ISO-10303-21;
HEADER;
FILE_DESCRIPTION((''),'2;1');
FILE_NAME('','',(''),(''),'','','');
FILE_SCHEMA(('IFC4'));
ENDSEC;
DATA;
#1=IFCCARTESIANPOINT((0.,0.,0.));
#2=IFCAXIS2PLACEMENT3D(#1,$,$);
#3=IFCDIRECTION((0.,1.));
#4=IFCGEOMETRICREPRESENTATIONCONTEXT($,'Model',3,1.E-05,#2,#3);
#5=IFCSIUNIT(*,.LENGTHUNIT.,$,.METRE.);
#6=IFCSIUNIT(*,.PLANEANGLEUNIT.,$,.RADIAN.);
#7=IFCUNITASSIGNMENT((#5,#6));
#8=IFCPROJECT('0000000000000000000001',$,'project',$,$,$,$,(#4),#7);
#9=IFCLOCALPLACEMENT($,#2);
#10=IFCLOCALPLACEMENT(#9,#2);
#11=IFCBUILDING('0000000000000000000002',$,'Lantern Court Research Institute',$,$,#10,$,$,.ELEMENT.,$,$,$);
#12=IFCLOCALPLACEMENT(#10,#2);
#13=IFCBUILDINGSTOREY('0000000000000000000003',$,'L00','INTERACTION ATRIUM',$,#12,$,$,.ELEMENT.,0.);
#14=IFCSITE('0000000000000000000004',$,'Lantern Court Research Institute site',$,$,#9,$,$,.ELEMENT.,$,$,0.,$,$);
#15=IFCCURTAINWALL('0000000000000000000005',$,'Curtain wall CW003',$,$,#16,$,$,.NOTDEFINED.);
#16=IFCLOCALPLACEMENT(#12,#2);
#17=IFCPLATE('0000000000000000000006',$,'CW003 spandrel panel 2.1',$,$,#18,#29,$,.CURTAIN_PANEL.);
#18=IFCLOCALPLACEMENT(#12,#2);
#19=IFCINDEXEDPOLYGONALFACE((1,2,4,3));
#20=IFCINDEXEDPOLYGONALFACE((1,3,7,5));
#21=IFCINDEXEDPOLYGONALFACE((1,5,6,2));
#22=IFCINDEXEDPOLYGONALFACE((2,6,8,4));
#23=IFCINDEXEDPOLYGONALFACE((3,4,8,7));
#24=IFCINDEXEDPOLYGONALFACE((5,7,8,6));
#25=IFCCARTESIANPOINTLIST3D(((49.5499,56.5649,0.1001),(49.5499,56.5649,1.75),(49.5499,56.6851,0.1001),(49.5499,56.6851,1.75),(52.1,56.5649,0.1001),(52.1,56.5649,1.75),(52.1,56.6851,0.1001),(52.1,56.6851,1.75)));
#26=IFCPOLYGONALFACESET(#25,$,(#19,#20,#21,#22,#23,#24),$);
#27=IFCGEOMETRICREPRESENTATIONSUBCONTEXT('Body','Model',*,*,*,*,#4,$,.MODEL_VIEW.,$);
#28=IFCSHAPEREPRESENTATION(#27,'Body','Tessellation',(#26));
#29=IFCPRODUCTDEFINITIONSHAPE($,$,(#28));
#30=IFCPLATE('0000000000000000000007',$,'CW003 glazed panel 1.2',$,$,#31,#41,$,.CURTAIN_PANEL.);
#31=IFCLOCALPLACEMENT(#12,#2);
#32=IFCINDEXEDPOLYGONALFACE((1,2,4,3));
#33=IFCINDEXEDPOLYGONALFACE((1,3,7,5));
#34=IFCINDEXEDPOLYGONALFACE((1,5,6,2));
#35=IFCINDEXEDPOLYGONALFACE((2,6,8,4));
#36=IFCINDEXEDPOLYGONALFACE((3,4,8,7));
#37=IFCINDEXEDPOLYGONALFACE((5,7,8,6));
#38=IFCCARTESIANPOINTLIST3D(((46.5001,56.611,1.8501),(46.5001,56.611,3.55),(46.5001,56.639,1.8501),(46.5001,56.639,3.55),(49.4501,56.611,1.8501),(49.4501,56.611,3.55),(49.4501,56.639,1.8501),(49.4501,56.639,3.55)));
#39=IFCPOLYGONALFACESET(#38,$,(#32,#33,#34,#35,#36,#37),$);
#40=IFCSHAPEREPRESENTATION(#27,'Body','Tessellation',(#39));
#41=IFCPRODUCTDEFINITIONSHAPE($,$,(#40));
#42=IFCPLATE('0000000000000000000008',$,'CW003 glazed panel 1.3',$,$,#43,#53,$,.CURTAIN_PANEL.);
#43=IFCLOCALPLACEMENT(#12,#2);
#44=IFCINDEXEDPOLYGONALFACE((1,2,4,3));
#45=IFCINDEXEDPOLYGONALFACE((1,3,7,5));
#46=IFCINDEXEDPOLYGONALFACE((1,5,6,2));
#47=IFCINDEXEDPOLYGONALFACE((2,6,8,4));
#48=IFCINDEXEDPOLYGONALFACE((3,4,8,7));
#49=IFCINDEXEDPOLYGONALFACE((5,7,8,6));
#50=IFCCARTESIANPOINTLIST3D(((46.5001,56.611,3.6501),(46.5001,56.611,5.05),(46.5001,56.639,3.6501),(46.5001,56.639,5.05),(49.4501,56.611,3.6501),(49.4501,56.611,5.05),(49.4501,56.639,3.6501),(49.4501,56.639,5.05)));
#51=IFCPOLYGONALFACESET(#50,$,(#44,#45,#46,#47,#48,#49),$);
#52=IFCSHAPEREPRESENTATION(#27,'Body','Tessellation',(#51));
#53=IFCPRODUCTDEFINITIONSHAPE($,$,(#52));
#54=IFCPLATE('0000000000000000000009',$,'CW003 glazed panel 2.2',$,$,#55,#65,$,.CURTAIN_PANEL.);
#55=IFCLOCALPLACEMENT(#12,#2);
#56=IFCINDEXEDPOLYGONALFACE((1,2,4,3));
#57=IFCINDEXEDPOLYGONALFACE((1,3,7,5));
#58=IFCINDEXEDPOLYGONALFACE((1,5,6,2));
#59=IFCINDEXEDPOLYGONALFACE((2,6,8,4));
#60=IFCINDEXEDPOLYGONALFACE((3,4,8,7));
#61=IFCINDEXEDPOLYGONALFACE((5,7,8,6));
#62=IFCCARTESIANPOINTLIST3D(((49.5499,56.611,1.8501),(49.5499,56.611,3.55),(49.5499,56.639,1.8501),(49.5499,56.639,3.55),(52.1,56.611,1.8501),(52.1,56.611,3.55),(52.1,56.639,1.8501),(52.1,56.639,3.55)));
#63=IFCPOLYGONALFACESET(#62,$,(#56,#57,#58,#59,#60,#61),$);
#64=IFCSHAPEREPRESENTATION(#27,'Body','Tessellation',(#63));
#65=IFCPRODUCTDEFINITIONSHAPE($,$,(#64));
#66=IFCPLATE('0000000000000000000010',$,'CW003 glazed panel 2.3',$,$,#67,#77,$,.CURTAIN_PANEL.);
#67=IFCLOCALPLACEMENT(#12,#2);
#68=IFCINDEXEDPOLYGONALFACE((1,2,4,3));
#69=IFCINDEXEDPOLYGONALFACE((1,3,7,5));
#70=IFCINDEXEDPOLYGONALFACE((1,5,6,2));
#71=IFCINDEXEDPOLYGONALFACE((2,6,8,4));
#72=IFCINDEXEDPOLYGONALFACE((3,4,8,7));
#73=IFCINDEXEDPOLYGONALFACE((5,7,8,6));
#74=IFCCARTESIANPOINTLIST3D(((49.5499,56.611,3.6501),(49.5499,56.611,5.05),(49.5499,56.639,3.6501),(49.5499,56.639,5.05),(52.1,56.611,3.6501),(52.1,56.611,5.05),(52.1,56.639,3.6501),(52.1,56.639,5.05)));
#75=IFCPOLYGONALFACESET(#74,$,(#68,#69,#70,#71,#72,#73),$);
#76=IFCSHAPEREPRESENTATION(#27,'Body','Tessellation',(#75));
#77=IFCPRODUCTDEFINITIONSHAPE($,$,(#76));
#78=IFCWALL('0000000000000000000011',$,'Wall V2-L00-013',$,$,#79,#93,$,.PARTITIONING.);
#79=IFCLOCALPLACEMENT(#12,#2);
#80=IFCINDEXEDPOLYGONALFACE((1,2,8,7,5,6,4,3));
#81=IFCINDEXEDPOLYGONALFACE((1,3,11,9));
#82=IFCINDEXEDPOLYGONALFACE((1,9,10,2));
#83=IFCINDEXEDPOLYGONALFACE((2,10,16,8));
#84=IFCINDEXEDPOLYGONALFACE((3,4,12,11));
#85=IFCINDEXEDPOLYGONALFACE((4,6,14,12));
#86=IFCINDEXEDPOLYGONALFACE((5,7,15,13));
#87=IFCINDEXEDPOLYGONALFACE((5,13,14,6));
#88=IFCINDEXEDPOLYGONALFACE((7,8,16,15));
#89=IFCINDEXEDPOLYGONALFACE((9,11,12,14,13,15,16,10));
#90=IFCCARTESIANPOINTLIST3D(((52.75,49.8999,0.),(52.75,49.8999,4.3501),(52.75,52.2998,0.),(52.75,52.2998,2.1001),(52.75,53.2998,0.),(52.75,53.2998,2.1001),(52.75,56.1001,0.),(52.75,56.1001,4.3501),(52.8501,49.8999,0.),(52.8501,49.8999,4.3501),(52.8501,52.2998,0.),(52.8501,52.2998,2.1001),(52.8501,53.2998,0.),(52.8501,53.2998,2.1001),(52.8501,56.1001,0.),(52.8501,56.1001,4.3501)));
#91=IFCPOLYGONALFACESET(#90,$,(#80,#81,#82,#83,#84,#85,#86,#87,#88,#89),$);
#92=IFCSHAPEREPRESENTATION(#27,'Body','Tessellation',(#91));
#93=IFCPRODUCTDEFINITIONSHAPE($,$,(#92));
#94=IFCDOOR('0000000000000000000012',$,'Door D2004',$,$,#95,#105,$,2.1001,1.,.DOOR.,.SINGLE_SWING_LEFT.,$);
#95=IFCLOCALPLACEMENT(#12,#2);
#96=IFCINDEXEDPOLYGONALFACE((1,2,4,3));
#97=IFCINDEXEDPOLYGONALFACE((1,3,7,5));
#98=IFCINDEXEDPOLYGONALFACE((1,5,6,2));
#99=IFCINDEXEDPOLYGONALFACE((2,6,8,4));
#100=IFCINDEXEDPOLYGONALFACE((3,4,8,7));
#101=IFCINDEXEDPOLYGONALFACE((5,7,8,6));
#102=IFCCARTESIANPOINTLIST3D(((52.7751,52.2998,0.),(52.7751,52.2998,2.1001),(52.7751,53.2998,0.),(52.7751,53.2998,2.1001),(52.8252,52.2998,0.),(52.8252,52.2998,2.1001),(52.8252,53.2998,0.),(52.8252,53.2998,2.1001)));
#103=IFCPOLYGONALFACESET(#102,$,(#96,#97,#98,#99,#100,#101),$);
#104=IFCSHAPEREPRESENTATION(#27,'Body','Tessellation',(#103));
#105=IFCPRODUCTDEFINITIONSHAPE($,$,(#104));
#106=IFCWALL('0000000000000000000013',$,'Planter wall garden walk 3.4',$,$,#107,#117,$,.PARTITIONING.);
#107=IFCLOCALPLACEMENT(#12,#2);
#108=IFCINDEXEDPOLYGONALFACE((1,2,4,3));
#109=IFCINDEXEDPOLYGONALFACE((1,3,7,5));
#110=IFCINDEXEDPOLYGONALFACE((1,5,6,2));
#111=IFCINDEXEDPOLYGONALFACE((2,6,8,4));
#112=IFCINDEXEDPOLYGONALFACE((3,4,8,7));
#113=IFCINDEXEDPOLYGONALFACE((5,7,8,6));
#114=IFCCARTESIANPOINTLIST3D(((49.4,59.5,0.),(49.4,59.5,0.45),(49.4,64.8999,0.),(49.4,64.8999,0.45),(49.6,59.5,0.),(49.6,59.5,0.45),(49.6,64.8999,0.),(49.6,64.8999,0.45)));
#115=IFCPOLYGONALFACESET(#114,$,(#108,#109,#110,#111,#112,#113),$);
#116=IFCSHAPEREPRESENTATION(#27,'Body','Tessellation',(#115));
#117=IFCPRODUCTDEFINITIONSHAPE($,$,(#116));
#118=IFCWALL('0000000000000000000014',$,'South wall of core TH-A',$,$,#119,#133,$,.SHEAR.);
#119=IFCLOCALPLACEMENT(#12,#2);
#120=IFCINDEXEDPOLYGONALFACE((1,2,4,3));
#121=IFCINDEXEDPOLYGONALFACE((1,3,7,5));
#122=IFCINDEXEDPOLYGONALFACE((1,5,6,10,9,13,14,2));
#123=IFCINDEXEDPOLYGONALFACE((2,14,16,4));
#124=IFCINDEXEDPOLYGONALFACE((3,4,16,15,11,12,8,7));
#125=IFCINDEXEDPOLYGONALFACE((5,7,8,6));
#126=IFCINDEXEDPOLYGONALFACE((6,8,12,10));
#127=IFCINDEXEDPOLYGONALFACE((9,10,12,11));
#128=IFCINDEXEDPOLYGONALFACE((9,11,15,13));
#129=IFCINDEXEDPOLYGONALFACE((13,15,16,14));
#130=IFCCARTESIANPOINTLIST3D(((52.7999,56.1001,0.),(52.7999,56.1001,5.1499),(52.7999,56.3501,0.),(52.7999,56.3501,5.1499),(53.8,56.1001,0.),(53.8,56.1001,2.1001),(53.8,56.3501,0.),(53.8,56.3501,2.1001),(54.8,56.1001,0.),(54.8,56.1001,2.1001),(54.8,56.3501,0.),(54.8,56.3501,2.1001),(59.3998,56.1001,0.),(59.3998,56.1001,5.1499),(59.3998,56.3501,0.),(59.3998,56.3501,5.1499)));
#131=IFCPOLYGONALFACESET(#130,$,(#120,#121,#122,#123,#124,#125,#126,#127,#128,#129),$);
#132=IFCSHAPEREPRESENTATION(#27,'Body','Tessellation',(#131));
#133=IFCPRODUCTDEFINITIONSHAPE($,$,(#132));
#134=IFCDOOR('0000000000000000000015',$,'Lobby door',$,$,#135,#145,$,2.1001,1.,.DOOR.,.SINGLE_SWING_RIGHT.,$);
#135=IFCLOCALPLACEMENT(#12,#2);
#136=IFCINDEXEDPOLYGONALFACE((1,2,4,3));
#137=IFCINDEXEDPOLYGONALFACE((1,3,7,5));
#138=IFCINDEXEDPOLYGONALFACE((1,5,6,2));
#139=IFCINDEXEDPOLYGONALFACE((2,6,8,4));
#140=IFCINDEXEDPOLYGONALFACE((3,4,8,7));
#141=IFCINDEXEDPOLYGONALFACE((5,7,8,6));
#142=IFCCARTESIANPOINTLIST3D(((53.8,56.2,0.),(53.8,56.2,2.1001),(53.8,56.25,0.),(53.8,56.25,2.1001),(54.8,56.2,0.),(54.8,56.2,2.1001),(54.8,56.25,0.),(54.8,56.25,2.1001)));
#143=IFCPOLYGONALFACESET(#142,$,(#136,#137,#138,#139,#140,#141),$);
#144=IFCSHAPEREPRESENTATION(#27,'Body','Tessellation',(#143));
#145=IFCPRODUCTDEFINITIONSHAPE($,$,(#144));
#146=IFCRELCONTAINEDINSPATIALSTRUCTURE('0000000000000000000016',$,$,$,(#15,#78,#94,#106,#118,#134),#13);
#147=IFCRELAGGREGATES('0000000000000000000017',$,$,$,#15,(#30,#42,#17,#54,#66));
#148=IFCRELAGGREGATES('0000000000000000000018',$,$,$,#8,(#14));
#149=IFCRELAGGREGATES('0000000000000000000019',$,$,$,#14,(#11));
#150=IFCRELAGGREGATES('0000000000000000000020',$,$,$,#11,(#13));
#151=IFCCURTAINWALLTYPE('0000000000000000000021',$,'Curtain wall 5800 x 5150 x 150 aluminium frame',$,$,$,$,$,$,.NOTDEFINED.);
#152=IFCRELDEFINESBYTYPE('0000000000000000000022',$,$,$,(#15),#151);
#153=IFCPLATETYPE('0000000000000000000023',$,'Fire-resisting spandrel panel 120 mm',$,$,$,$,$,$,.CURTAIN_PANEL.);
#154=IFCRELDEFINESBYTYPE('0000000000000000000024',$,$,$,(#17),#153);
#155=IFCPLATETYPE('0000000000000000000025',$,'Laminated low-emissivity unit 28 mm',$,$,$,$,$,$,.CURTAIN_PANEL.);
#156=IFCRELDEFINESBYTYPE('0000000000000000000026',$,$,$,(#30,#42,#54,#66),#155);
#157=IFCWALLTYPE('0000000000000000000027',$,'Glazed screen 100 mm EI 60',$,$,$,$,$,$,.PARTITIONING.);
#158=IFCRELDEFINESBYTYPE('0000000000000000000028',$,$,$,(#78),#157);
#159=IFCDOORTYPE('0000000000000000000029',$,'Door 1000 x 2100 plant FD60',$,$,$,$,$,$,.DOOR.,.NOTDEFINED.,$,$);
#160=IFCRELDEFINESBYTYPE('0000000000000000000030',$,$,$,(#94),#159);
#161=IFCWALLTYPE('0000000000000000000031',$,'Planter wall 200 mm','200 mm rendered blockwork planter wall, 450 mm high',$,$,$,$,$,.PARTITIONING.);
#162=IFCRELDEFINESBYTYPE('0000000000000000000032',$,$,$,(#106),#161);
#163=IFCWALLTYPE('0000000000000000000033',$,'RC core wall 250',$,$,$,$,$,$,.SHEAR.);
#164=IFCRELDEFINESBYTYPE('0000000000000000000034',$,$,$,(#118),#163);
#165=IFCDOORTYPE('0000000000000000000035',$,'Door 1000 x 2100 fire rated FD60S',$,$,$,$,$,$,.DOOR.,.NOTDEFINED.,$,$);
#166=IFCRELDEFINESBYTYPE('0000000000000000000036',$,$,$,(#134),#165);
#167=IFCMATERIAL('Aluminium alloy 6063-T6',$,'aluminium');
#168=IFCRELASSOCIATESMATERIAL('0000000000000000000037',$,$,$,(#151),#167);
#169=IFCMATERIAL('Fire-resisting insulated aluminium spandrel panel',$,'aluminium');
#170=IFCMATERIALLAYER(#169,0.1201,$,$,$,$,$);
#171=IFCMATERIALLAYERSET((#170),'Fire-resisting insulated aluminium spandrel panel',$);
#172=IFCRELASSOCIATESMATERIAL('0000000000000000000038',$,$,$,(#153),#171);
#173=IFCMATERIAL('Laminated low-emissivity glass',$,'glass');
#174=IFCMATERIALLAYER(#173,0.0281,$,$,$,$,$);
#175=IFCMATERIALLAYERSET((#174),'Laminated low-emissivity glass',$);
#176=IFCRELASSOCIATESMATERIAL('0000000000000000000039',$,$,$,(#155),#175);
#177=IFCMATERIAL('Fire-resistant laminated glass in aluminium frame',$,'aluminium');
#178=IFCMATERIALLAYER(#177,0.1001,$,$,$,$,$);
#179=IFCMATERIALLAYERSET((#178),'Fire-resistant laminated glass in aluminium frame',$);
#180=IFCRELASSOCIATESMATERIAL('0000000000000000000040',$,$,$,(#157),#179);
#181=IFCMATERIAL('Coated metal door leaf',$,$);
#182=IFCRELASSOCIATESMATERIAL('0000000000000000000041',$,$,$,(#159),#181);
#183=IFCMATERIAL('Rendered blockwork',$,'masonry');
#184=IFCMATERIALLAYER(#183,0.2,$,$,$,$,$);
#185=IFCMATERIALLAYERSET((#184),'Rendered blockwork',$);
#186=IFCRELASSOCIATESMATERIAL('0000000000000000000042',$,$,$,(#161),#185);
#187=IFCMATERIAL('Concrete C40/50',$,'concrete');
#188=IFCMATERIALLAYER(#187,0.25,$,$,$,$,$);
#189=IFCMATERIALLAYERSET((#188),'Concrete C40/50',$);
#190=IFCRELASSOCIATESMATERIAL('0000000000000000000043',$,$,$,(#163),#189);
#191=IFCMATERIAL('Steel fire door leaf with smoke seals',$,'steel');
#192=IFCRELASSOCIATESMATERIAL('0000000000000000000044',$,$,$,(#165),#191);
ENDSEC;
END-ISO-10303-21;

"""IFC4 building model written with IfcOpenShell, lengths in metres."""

from ifc_helpers import new_model, si_unit, direction, frame, frame_2d, origin, origin_2d, place, context, subcontext, project, spatial, rectangle, extrude, material, layer, layer_set, type_object, element, fill, aggregate, save


model = new_model("IFC4")

# Units and contexts
model_context = context("Model", 3, precision=1e-05, world=origin(), true_north=direction((0.0, 1.0)))
body_context = subcontext(model_context, "Body", "Model", "MODEL_VIEW")
ifc_project = project(units=[si_unit("LENGTHUNIT", "METRE"), si_unit("PLANEANGLEUNIT", "RADIAN")], contexts=[model_context])

# Site, building, storey
site_placement = place(None, origin())
site = spatial("IfcSite", under=ifc_project, at=site_placement, Name="Lantern Court Research Institute site", CompositionType="ELEMENT", RefElevation=0.0)
building_placement = place(site_placement, origin())
building = spatial("IfcBuilding", under=site, at=building_placement, Name="Lantern Court Research Institute", CompositionType="ELEMENT")
storey_placement = place(building_placement, origin())
storey = spatial("IfcBuildingStorey", under=building, at=storey_placement, Name="L00", Description="INTERACTION ATRIUM", CompositionType="ELEMENT", Elevation=0.0)

# Curtain wall, plates
ifc_material_1 = material(Name="Aluminium alloy 6063-T6", Category="aluminium")
curtain_wall_type = type_object("IfcCurtainWallType", Name="Curtain wall 5800 x 5150 x 150 aluminium frame", PredefinedType="NOTDEFINED", material=ifc_material_1)
curtain_wall_placement = place(storey_placement, origin())
curtain_wall = element("IfcCurtainWall", 1, at=curtain_wall_placement, inside=storey, type_object=curtain_wall_type, Name="Curtain wall CW003", PredefinedType="NOTDEFINED")
ifc_material_2 = material(Name="Fire-resisting insulated aluminium spandrel panel", Category="aluminium")
ifc_layer_1 = layer(ifc_material_2, 0.1201)
ifc_layer_set_1 = layer_set([ifc_layer_1], Name="Fire-resisting insulated aluminium spandrel panel")
plate_type_1 = type_object("IfcPlateType", Name="Fire-resisting spandrel panel 120 mm", PredefinedType="CURTAIN_PANEL", material=ifc_layer_set_1)
plate_1_placement = place(storey_placement, frame((50.825, 56.625, 0.1001), z_axis=(0.0, 0.0, 1.0), x_axis=(1.0, 0.0, 0.0)))
plate_1 = element("IfcPlate", 2, at=plate_1_placement, type_object=plate_type_1, Name="CW003 spandrel panel 2.1", PredefinedType="CURTAIN_PANEL", context=body_context, shape_type="SweptSolid", body=[
    extrude(rectangle(XDim=2.55, YDim=0.1201, at=origin_2d()), origin(), (0.0, 0.0, 1.0), 1.6499),
])
ifc_material_3 = material(Name="Laminated low-emissivity glass", Category="glass")
ifc_layer_2 = layer(ifc_material_3, 0.0281)
ifc_layer_set_2 = layer_set([ifc_layer_2], Name="Laminated low-emissivity glass")
plate_type_2 = type_object("IfcPlateType", Name="Laminated low-emissivity unit 28 mm", PredefinedType="CURTAIN_PANEL", material=ifc_layer_set_2)
plate_2_placement = place(storey_placement, frame((47.9751, 56.625, 1.8501), z_axis=(0.0, 0.0, 1.0), x_axis=(1.0, 0.0, 0.0)))
plate_2 = element("IfcPlate", 3, at=plate_2_placement, type_object=plate_type_2, Name="CW003 glazed panel 1.2", PredefinedType="CURTAIN_PANEL", context=body_context, shape_type="SweptSolid", body=[
    extrude(rectangle(XDim=2.95, YDim=0.0281, at=origin_2d()), origin(), (0.0, 0.0, 1.0), 1.7),
])
plate_3_placement = place(storey_placement, frame((47.9751, 56.625, 3.6501), z_axis=(0.0, 0.0, 1.0), x_axis=(1.0, 0.0, 0.0)))
plate_3 = element("IfcPlate", 4, at=plate_3_placement, type_object=plate_type_2, Name="CW003 glazed panel 1.3", PredefinedType="CURTAIN_PANEL", context=body_context, shape_type="SweptSolid", body=[
    extrude(rectangle(XDim=2.95, YDim=0.0281, at=origin_2d()), origin(), (0.0, 0.0, 1.0), 1.3999),
])
plate_4_placement = place(storey_placement, frame((50.825, 56.625, 1.8501), z_axis=(0.0, 0.0, 1.0), x_axis=(1.0, 0.0, 0.0)))
plate_4 = element("IfcPlate", 5, at=plate_4_placement, type_object=plate_type_2, Name="CW003 glazed panel 2.2", PredefinedType="CURTAIN_PANEL", context=body_context, shape_type="SweptSolid", body=[
    extrude(rectangle(XDim=2.55, YDim=0.0281, at=origin_2d()), origin(), (0.0, 0.0, 1.0), 1.7),
])
plate_5_placement = place(storey_placement, frame((50.825, 56.625, 3.6501), z_axis=(0.0, 0.0, 1.0), x_axis=(1.0, 0.0, 0.0)))
plate_5 = element("IfcPlate", 6, at=plate_5_placement, type_object=plate_type_2, Name="CW003 glazed panel 2.3", PredefinedType="CURTAIN_PANEL", context=body_context, shape_type="SweptSolid", body=[
    extrude(rectangle(XDim=2.55, YDim=0.0281, at=origin_2d()), origin(), (0.0, 0.0, 1.0), 1.3999),
])
aggregate(curtain_wall, [plate_2, plate_3, plate_1, plate_4, plate_5])

# Wall, opening, door
ifc_material_4 = material(Name="Fire-resistant laminated glass in aluminium frame", Category="aluminium")
ifc_layer_3 = layer(ifc_material_4, 0.1001)
ifc_layer_set_3 = layer_set([ifc_layer_3], Name="Fire-resistant laminated glass in aluminium frame")
wall_type_1 = type_object("IfcWallType", Name="Glazed screen 100 mm EI 60", PredefinedType="PARTITIONING", material=ifc_layer_set_3)
wall_1_placement = place(storey_placement, frame((52.8, 49.8999, 0.0), z_axis=(0.0, 0.0, 1.0), x_axis=(0.0, 1.0, 0.0)))
wall_1 = element("IfcWall", 7, at=wall_1_placement, inside=storey, type_object=wall_type_1, Name="Wall V2-L00-013", PredefinedType="PARTITIONING", context=body_context, shape_type="SweptSolid", body=[
    extrude(rectangle(XDim=6.2002, YDim=0.1001, at=frame_2d((3.1001, 0.0))), origin(), (0.0, 0.0, 1.0), 4.3501),
])
opening_1_placement = place(wall_1_placement, frame((2.3999, 0.0, 0.0)))
opening_1 = element("IfcOpeningElement", 8, at=opening_1_placement, cuts=wall_1, PredefinedType="OPENING", context=body_context, shape_type="SweptSolid", body=[
    extrude(rectangle(XDim=1.0, YDim=2.1001, at=frame_2d((0.5, 1.05))), frame((0.0, 0.0601, 0.0), z_axis=(0.0, -1.0, 0.0), x_axis=(1.0, 0.0, 0.0)), (0.0, 0.0, 1.0), 0.1201),
])
ifc_material_5 = material(Name="Coated metal door leaf")
door_type_1 = type_object("IfcDoorType", Name="Door 1000 x 2100 plant FD60", OperationType="NOTDEFINED", PredefinedType="DOOR", material=ifc_material_5)
door_1_placement = place(opening_1_placement, origin())
door_1 = element("IfcDoor", 9, at=door_1_placement, inside=storey, type_object=door_type_1, Name="Door D2004", OperationType="SINGLE_SWING_LEFT", OverallHeight=2.1001, OverallWidth=1.0, PredefinedType="DOOR", context=body_context, shape_type="SweptSolid", body=[
    extrude(rectangle(XDim=1.0, YDim=2.1001, at=frame_2d((0.5, 1.05))), frame((0.0, 0.0249, 0.0), z_axis=(0.0, -1.0, 0.0), x_axis=(1.0, 0.0, 0.0)), (0.0, 0.0, 1.0), 0.05),
])
fill(opening_1, door_1)

# Wall
ifc_material_6 = material(Name="Rendered blockwork", Category="masonry")
ifc_layer_4 = layer(ifc_material_6, 0.2)
ifc_layer_set_4 = layer_set([ifc_layer_4], Name="Rendered blockwork")
wall_type_2 = type_object("IfcWallType", Name="Planter wall 200 mm", Description="200 mm rendered blockwork planter wall, 450 mm high", PredefinedType="PARTITIONING", material=ifc_layer_set_4)
wall_2_placement = place(storey_placement, frame((49.5, 59.5, 0.0), z_axis=(0.0, 0.0, 1.0), x_axis=(0.0, 1.0, 0.0)))
element("IfcWall", 10, at=wall_2_placement, inside=storey, type_object=wall_type_2, Name="Planter wall garden walk 3.4", PredefinedType="PARTITIONING", context=body_context, shape_type="SweptSolid", body=[
    extrude(rectangle(XDim=5.3999, YDim=0.2, at=frame_2d((2.7, 0.0))), origin(), (0.0, 0.0, 1.0), 0.45),
])

# Wall, opening, door
ifc_material_7 = material(Name="Concrete C40/50", Category="concrete")
ifc_layer_5 = layer(ifc_material_7, 0.25)
ifc_layer_set_5 = layer_set([ifc_layer_5], Name="Concrete C40/50")
wall_type_3 = type_object("IfcWallType", Name="RC core wall 250", PredefinedType="SHEAR", material=ifc_layer_set_5)
wall_3_placement = place(storey_placement, frame((52.8, 56.2251, 0.0), z_axis=(0.0, 0.0, 1.0), x_axis=(1.0, 0.0, 0.0)))
wall_3 = element("IfcWall", 11, at=wall_3_placement, inside=storey, type_object=wall_type_3, Name="South wall of core TH-A", PredefinedType="SHEAR", context=body_context, shape_type="SweptSolid", body=[
    extrude(rectangle(XDim=6.5999, YDim=0.25, at=frame_2d((3.2998, 0.0))), origin(), (0.0, 0.0, 1.0), 5.1499),
])
opening_2_placement = place(wall_3_placement, frame((1.0, 0.0, 0.0)))
opening_2 = element("IfcOpeningElement", 12, at=opening_2_placement, cuts=wall_3, PredefinedType="OPENING", context=body_context, shape_type="SweptSolid", body=[
    extrude(rectangle(XDim=1.0, YDim=2.1001, at=frame_2d((0.5, 1.05))), frame((0.0, 0.135, 0.0), z_axis=(0.0, -1.0, 0.0), x_axis=(1.0, 0.0, 0.0)), (0.0, 0.0, 1.0), 0.27),
])
ifc_material_8 = material(Name="Steel fire door leaf with smoke seals", Category="steel")
door_type_2 = type_object("IfcDoorType", Name="Door 1000 x 2100 fire rated FD60S", OperationType="NOTDEFINED", PredefinedType="DOOR", material=ifc_material_8)
door_2_placement = place(opening_2_placement, origin())
door_2 = element("IfcDoor", 13, at=door_2_placement, inside=storey, type_object=door_type_2, Name="Lobby door", OperationType="SINGLE_SWING_RIGHT", OverallHeight=2.1001, OverallWidth=1.0, PredefinedType="DOOR", context=body_context, shape_type="SweptSolid", body=[
    extrude(rectangle(XDim=1.0, YDim=2.1001, at=frame_2d((0.5, 1.05))), frame((0.0, 0.0249, 0.0), z_axis=(0.0, -1.0, 0.0), x_axis=(1.0, 0.0, 0.0)), (0.0, 0.0, 1.0), 0.05),
])
fill(opening_2, door_2)

save(model, "model.ifc")
